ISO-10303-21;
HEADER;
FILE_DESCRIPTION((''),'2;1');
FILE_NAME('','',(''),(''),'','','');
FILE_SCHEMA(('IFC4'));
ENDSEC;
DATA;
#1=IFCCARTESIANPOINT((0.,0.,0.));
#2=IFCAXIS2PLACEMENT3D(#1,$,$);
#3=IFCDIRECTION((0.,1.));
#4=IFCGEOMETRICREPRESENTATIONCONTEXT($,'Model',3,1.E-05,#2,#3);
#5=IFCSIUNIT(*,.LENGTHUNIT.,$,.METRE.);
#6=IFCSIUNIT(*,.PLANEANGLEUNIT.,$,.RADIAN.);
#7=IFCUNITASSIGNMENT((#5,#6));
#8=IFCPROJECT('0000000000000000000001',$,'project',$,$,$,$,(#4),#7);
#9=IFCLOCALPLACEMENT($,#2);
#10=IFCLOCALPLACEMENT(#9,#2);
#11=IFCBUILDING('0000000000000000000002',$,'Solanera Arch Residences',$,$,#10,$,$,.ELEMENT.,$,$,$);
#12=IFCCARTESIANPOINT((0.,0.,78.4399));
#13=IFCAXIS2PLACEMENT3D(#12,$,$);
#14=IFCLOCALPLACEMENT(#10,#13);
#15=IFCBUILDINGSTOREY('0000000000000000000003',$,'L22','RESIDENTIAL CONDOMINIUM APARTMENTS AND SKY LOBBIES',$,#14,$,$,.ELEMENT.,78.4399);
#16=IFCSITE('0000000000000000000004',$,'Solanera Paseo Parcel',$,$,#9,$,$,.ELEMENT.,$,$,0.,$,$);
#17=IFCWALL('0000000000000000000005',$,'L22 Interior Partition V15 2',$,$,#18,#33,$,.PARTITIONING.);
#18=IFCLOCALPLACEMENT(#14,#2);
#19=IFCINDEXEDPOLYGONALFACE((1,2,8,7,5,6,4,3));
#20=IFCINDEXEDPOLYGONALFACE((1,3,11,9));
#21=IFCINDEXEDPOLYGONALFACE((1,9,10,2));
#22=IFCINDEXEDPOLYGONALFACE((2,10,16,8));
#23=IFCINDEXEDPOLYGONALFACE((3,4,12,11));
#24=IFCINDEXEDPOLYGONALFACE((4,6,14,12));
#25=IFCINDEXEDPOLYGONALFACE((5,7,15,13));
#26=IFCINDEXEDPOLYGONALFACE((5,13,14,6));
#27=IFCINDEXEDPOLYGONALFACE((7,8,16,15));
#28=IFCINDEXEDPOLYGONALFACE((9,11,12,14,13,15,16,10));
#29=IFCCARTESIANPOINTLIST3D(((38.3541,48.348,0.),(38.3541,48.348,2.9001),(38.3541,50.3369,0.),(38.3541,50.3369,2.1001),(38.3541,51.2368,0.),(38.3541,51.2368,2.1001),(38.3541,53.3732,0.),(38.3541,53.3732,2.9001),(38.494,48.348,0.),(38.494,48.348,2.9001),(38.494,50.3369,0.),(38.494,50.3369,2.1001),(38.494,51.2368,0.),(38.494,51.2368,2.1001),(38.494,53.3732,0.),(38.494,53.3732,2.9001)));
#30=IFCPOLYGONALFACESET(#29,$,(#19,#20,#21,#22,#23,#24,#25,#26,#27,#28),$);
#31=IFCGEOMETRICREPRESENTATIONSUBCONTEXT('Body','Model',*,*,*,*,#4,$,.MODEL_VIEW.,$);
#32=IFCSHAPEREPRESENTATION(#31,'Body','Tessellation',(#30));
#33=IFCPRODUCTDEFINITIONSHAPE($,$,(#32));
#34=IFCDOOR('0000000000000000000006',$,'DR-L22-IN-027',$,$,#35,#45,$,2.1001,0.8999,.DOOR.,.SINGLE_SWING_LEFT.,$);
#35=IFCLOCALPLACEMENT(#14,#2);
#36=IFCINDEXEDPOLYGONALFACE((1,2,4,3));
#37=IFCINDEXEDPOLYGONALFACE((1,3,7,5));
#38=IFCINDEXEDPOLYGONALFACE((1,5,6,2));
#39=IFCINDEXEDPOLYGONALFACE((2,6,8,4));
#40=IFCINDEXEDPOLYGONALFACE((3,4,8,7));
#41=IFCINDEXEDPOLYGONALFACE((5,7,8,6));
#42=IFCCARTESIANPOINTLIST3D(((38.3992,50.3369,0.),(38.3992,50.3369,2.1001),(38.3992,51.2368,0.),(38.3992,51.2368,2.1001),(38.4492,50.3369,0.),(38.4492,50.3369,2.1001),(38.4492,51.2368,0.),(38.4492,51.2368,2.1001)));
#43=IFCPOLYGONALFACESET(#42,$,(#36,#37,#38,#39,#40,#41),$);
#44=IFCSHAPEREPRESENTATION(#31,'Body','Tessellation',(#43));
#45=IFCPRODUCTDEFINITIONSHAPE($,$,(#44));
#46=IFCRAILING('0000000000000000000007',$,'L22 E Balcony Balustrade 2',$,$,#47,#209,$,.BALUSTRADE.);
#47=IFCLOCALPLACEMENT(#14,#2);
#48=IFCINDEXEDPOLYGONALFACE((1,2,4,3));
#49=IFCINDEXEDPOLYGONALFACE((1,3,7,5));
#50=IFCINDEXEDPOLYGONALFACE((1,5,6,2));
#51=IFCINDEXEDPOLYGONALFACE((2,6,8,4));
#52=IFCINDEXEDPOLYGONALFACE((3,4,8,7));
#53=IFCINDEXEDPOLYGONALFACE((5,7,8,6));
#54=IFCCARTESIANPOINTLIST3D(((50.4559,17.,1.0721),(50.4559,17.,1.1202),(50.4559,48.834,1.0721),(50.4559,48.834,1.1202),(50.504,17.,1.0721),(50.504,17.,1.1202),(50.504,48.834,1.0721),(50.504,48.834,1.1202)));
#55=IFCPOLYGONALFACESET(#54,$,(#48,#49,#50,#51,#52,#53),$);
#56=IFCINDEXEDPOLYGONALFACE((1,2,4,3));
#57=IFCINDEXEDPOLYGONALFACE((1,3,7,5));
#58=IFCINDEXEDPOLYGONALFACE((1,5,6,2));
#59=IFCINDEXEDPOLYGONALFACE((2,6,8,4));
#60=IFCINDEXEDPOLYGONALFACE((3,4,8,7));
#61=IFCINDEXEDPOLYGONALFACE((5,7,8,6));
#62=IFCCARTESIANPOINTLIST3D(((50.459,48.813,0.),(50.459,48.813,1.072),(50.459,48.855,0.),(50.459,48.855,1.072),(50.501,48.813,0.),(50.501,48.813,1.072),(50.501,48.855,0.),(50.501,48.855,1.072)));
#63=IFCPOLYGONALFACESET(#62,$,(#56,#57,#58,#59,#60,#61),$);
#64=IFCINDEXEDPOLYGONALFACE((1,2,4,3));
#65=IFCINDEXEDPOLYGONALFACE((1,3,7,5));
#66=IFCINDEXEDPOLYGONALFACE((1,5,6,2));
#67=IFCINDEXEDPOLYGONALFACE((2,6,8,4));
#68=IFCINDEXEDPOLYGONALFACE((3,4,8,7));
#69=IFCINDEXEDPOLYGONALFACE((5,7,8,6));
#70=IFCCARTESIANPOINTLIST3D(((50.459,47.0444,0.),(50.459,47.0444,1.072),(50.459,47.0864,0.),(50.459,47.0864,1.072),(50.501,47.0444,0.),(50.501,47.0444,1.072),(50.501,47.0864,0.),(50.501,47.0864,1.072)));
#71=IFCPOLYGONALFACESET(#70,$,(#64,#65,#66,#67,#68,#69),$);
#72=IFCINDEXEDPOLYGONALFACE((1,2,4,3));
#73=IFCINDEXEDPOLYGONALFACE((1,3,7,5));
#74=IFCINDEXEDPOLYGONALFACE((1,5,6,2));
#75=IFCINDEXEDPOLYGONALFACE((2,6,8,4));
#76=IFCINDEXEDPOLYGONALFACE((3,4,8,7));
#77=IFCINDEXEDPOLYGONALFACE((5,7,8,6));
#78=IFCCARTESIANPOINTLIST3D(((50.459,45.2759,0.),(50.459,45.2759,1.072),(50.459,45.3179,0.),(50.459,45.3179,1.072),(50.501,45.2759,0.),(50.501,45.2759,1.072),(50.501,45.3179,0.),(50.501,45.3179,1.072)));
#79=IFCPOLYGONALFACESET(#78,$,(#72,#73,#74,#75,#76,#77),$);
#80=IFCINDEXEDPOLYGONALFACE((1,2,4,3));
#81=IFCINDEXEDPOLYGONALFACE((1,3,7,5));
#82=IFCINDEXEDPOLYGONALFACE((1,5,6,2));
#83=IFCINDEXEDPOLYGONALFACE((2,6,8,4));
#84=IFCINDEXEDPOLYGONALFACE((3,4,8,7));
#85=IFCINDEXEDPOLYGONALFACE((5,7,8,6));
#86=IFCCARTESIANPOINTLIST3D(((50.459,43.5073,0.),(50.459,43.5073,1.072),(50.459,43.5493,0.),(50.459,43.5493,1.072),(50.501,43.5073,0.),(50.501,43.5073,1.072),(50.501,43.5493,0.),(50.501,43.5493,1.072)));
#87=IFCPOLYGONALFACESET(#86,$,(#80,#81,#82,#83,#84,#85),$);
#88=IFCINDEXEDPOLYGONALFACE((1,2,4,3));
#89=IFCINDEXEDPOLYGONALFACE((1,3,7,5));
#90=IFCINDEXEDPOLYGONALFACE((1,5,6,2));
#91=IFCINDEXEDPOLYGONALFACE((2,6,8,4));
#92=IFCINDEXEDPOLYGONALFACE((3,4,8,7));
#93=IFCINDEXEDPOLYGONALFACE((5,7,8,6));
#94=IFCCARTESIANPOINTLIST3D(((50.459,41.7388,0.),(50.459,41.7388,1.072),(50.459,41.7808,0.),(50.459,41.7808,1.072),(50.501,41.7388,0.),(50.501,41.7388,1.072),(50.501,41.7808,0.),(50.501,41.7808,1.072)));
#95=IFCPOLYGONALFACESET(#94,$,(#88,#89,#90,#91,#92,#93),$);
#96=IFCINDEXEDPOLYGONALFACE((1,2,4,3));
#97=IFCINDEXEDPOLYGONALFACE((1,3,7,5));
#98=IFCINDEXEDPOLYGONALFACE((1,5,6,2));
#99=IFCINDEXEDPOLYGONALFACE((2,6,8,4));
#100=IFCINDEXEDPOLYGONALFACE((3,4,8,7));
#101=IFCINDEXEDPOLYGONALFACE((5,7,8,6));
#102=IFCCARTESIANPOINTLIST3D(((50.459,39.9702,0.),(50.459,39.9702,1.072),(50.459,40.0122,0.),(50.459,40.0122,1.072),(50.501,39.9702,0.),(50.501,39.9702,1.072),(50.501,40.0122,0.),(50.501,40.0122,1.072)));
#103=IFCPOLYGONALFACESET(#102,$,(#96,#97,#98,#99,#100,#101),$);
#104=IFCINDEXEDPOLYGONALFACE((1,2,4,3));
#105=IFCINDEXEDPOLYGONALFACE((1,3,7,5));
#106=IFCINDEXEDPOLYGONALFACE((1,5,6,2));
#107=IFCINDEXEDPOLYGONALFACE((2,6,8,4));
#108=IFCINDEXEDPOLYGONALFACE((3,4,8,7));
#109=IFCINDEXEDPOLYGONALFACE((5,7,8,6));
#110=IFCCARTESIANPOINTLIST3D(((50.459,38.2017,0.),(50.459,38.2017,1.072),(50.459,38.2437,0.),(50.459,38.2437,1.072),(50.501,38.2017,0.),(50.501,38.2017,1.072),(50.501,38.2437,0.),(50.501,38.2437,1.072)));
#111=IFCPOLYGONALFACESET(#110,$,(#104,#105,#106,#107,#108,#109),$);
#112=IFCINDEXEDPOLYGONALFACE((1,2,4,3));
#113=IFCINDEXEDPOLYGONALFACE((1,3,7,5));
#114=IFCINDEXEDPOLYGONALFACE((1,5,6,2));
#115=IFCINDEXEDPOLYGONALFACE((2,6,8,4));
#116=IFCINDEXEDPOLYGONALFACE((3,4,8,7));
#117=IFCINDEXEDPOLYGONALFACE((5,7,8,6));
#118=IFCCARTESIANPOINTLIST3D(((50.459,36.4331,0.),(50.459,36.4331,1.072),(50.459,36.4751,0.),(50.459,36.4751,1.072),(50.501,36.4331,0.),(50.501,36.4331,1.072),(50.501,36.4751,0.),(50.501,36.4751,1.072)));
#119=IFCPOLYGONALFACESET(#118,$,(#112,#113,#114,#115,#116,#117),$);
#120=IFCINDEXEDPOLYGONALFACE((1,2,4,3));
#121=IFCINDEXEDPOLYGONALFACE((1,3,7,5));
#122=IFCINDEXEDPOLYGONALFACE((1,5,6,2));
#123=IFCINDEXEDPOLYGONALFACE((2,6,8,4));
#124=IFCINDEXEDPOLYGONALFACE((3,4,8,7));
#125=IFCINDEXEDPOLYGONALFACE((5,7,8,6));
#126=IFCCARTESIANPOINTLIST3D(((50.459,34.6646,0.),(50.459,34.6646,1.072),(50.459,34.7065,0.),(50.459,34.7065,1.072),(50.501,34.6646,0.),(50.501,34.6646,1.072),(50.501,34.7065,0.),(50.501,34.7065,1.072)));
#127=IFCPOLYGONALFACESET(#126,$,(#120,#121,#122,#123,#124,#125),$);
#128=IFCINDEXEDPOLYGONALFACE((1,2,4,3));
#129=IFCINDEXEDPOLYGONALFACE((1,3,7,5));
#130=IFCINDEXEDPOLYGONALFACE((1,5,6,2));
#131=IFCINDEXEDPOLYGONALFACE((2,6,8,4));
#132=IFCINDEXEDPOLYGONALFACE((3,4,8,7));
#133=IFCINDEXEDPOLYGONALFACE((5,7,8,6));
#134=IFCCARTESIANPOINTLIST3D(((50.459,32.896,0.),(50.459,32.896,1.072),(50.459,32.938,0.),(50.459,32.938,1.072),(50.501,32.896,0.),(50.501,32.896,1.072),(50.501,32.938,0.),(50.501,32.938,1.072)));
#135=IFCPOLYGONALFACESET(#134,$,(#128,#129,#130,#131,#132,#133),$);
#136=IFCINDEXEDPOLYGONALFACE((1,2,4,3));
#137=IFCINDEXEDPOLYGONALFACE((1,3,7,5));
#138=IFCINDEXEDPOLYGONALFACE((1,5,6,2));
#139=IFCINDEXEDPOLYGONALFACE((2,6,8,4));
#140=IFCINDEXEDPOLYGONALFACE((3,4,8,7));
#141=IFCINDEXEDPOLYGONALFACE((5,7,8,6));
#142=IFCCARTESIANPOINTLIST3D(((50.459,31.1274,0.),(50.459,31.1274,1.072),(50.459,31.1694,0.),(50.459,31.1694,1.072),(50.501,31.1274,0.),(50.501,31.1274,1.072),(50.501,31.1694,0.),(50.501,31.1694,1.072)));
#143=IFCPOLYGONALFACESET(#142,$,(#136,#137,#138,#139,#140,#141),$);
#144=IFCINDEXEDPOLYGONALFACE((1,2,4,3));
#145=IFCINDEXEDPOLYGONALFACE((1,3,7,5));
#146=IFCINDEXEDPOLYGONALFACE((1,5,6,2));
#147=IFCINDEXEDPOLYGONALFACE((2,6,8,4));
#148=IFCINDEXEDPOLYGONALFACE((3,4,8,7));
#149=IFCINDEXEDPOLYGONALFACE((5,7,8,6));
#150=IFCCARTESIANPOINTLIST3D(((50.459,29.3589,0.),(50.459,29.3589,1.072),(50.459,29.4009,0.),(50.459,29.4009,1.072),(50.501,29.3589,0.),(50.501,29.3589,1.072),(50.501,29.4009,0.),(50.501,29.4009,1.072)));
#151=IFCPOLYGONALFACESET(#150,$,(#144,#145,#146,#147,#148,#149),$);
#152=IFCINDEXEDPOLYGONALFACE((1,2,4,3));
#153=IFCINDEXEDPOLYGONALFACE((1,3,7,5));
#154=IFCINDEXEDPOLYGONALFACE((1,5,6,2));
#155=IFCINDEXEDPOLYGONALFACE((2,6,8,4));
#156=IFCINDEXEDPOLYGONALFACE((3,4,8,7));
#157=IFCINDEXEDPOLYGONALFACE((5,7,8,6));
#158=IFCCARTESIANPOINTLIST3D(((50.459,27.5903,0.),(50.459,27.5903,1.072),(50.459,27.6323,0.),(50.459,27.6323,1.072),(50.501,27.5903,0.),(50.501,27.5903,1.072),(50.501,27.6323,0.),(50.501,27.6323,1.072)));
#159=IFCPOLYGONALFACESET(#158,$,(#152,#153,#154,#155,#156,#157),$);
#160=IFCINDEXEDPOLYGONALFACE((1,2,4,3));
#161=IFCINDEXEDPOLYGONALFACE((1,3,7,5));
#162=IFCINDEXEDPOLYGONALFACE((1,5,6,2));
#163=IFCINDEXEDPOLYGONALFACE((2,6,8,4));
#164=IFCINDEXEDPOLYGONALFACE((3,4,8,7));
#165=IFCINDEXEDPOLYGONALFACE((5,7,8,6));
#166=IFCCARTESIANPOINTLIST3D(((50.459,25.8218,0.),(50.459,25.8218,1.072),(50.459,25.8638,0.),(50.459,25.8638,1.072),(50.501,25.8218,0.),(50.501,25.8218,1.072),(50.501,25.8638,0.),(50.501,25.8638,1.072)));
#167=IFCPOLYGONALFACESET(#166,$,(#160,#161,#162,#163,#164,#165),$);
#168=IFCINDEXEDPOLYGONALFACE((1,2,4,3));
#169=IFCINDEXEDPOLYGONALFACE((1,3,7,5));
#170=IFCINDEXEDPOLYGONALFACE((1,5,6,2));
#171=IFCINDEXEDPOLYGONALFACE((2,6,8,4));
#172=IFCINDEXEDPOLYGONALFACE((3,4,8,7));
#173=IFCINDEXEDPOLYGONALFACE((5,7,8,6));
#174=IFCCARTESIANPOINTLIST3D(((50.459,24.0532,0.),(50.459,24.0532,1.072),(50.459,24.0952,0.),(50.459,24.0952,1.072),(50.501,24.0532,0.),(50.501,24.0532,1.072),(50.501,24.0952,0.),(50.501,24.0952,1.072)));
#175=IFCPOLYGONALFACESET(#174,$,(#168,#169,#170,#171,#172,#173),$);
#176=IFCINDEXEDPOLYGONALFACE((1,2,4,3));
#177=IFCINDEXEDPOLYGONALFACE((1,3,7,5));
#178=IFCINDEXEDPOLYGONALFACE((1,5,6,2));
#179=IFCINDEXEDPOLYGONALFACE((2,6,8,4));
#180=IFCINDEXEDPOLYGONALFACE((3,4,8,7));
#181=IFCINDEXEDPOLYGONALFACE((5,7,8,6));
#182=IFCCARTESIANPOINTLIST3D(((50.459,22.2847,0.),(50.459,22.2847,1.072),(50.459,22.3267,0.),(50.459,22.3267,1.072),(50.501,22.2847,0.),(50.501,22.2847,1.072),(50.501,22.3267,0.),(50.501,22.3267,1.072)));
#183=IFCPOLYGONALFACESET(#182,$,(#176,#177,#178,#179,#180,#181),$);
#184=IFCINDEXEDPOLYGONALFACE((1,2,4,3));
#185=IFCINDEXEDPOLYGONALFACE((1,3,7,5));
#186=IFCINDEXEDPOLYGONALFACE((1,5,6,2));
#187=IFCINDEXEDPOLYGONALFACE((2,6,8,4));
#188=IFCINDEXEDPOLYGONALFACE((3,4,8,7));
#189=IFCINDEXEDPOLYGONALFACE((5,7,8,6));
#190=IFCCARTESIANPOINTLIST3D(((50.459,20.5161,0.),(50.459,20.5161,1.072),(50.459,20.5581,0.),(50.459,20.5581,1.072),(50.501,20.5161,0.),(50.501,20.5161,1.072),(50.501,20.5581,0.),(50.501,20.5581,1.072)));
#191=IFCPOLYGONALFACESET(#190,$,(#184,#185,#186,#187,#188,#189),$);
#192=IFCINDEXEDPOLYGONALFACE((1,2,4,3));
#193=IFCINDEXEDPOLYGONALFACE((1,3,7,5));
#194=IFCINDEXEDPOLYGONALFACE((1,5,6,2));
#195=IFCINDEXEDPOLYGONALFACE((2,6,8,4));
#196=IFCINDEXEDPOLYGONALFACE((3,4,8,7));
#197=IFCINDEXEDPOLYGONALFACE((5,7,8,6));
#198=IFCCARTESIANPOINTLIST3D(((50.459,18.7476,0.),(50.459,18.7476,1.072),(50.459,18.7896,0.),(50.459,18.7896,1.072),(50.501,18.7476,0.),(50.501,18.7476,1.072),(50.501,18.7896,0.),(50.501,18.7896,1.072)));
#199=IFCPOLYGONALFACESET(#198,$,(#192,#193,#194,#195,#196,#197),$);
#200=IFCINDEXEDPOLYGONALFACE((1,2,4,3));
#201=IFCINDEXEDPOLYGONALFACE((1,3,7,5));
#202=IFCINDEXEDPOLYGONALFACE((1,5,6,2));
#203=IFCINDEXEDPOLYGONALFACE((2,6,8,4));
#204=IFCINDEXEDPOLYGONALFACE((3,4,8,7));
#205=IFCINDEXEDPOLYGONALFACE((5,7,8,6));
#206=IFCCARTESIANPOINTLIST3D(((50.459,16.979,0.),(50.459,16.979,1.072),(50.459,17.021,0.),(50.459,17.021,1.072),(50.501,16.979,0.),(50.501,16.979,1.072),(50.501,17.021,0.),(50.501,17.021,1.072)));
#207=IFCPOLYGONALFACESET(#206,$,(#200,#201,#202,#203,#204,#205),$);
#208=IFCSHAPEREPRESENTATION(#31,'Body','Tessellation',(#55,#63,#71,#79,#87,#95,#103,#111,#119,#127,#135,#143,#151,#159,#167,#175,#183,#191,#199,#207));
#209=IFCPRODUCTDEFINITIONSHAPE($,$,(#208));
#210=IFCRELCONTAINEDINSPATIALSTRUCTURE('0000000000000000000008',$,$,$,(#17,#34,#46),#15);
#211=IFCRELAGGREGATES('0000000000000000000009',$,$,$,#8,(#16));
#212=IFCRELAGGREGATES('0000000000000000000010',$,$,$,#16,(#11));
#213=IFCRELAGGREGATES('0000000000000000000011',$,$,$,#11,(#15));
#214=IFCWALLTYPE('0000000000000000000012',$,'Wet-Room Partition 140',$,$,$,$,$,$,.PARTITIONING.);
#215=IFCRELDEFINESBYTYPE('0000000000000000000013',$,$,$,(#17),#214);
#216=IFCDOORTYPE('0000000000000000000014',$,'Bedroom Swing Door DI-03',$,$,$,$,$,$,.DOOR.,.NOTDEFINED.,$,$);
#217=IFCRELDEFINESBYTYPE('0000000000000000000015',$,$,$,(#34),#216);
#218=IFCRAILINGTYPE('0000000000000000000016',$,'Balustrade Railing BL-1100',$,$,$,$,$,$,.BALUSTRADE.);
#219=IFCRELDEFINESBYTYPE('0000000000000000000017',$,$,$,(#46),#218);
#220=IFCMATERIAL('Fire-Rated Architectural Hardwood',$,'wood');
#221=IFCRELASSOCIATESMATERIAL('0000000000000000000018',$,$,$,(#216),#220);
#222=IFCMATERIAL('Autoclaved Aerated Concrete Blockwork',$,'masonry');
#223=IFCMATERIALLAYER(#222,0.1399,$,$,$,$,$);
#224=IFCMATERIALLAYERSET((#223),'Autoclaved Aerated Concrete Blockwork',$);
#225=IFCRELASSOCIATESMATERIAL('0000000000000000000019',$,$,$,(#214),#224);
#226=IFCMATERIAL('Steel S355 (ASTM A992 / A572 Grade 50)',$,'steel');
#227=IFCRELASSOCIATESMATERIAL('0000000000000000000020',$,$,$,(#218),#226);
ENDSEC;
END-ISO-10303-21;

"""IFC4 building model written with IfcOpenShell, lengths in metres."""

from ifc_helpers import new_model, si_unit, direction, frame, frame_2d, origin, origin_2d, place, context, subcontext, project, spatial, rectangle, extrude, material, layer, layer_set, type_object, element, fill, save


model = new_model("IFC4")

# Units and contexts
model_context = context("Model", 3, precision=1e-05, world=origin(), true_north=direction((0.0, 1.0)))
body_context = subcontext(model_context, "Body", "Model", "MODEL_VIEW")
ifc_project = project(units=[si_unit("LENGTHUNIT", "METRE"), si_unit("PLANEANGLEUNIT", "RADIAN")], contexts=[model_context])

# Site, building, storey
site_placement = place(None, origin())
site = spatial("IfcSite", under=ifc_project, at=site_placement, Name="Solanera Paseo Parcel", CompositionType="ELEMENT", RefElevation=0.0)
building_placement = place(site_placement, origin())
building = spatial("IfcBuilding", under=site, at=building_placement, Name="Solanera Arch Residences", CompositionType="ELEMENT")
storey_placement = place(building_placement, frame((0.0, 0.0, 78.4399)))
storey = spatial("IfcBuildingStorey", under=building, at=storey_placement, Name="L22", Description="RESIDENTIAL CONDOMINIUM APARTMENTS AND SKY LOBBIES", CompositionType="ELEMENT", Elevation=78.4399)

# Shared definitions
ifc_material_1 = material(Name="Fire-Rated Architectural Hardwood", Category="wood")
door_type_1 = type_object("IfcDoorType", Name="Bedroom Swing Door DI-03", OperationType="NOTDEFINED", PredefinedType="DOOR", material=ifc_material_1)

# Shared definitions
ifc_material_2 = material(Name="Autoclaved Aerated Concrete Blockwork", Category="masonry")
ifc_layer_1 = layer(ifc_material_2, 0.1399)
ifc_layer_set_1 = layer_set([ifc_layer_1], Name="Autoclaved Aerated Concrete Blockwork")
wall_type_1 = type_object("IfcWallType", Name="Wet-Room Partition 140", PredefinedType="PARTITIONING", material=ifc_layer_set_1)

# Wall, opening, door
wall_1_placement = place(storey_placement, frame((38.4241, 48.3479, 0.0), z_axis=(0.0, 0.0, 1.0), x_axis=(0.0, 1.0, 0.0)))
wall_1 = element("IfcWall", 1, at=wall_1_placement, inside=storey, type_object=wall_type_1, Name="L22 Interior Partition V15 2", PredefinedType="PARTITIONING", context=body_context, shape_type="SweptSolid", body=[
    extrude(rectangle(XDim=5.0251, YDim=0.1399, at=frame_2d((2.5127, 0.0))), origin(), (0.0, 0.0, 1.0), 2.9001),
])
opening_1_placement = place(wall_1_placement, frame((1.989, 0.0, 0.0)))
opening_1 = element("IfcOpeningElement", 2, at=opening_1_placement, cuts=wall_1, PredefinedType="OPENING", context=body_context, shape_type="SweptSolid", body=[
    extrude(rectangle(XDim=0.8999, YDim=2.1001, at=frame_2d((0.45, 1.05))), frame((0.0, 0.0798, 0.0), z_axis=(0.0, -1.0, 0.0), x_axis=(1.0, 0.0, 0.0)), (0.0, 0.0, 1.0), 0.1599),
])
door_1_placement = place(opening_1_placement, origin())
door_1 = element("IfcDoor", 3, at=door_1_placement, inside=storey, type_object=door_type_1, Name="DR-L22-IN-027", OperationType="SINGLE_SWING_LEFT", OverallHeight=2.1001, OverallWidth=0.8999, PredefinedType="DOOR", context=body_context, shape_type="SweptSolid", body=[
    extrude(rectangle(XDim=0.8999, YDim=2.1001, at=frame_2d((0.45, 1.05))), frame((0.0, 0.0249, 0.0), z_axis=(0.0, -1.0, 0.0), x_axis=(1.0, 0.0, 0.0)), (0.0, 0.0, 1.0), 0.05),
])
fill(opening_1, door_1)

# Railing
ifc_material_3 = material(Name="Steel S355 (ASTM A992 / A572 Grade 50)", Category="steel")
railing_type = type_object("IfcRailingType", Name="Balustrade Railing BL-1100", PredefinedType="BALUSTRADE", material=ifc_material_3)
railing_1_placement = place(storey_placement, frame((50.48, 48.834, 0.0)))
element("IfcRailing", 4, at=railing_1_placement, inside=storey, type_object=railing_type, Name="L22 E Balcony Balustrade 2", PredefinedType="BALUSTRADE", context=body_context, shape_type="SweptSolid", body=[
    extrude(rectangle(XDim=0.0481, YDim=0.0481, at=origin_2d()), frame((0.0, 0.0, 1.0962), z_axis=(0.0, -1.0, 0.0), x_axis=(1.0, 0.0, 0.0)), (0.0, 0.0, 1.0), 31.834),
    extrude(rectangle(XDim=0.042, YDim=0.042, at=origin_2d()), origin(), (0.0, 0.0, 1.0), 1.072),
    extrude(rectangle(XDim=0.042, YDim=0.042, at=origin_2d()), frame((0.0, -1.7686, 0.0)), (0.0, 0.0, 1.0), 1.072),
    extrude(rectangle(XDim=0.042, YDim=0.042, at=origin_2d()), frame((0.0, -3.5371, 0.0)), (0.0, 0.0, 1.0), 1.072),
    extrude(rectangle(XDim=0.042, YDim=0.042, at=origin_2d()), frame((0.0, -5.3057, 0.0)), (0.0, 0.0, 1.0), 1.072),
    extrude(rectangle(XDim=0.042, YDim=0.042, at=origin_2d()), frame((0.0, -7.0742, 0.0)), (0.0, 0.0, 1.0), 1.072),
    extrude(rectangle(XDim=0.042, YDim=0.042, at=origin_2d()), frame((0.0, -8.8428, 0.0)), (0.0, 0.0, 1.0), 1.072),
    extrude(rectangle(XDim=0.042, YDim=0.042, at=origin_2d()), frame((0.0, -10.6113, 0.0)), (0.0, 0.0, 1.0), 1.072),
    extrude(rectangle(XDim=0.042, YDim=0.042, at=origin_2d()), frame((0.0, -12.3799, 0.0)), (0.0, 0.0, 1.0), 1.072),
    extrude(rectangle(XDim=0.042, YDim=0.042, at=origin_2d()), frame((0.0, -14.1484, 0.0)), (0.0, 0.0, 1.0), 1.072),
    extrude(rectangle(XDim=0.042, YDim=0.042, at=origin_2d()), frame((0.0, -15.917, 0.0)), (0.0, 0.0, 1.0), 1.072),
    extrude(rectangle(XDim=0.042, YDim=0.042, at=origin_2d()), frame((0.0, -17.6855, 0.0)), (0.0, 0.0, 1.0), 1.072),
    extrude(rectangle(XDim=0.042, YDim=0.042, at=origin_2d()), frame((0.0, -19.4541, 0.0)), (0.0, 0.0, 1.0), 1.072),
    extrude(rectangle(XDim=0.042, YDim=0.042, at=origin_2d()), frame((0.0, -21.2227, 0.0)), (0.0, 0.0, 1.0), 1.072),
    extrude(rectangle(XDim=0.042, YDim=0.042, at=origin_2d()), frame((0.0, -22.9912, 0.0)), (0.0, 0.0, 1.0), 1.072),
    extrude(rectangle(XDim=0.042, YDim=0.042, at=origin_2d()), frame((0.0, -24.7598, 0.0)), (0.0, 0.0, 1.0), 1.072),
    extrude(rectangle(XDim=0.042, YDim=0.042, at=origin_2d()), frame((0.0, -26.5283, 0.0)), (0.0, 0.0, 1.0), 1.072),
    extrude(rectangle(XDim=0.042, YDim=0.042, at=origin_2d()), frame((0.0, -28.2969, 0.0)), (0.0, 0.0, 1.0), 1.072),
    extrude(rectangle(XDim=0.042, YDim=0.042, at=origin_2d()), frame((0.0, -30.0654, 0.0)), (0.0, 0.0, 1.0), 1.072),
    extrude(rectangle(XDim=0.042, YDim=0.042, at=origin_2d()), frame((0.0, -31.834, 0.0)), (0.0, 0.0, 1.0), 1.072),
])

save(model, "model.ifc")
